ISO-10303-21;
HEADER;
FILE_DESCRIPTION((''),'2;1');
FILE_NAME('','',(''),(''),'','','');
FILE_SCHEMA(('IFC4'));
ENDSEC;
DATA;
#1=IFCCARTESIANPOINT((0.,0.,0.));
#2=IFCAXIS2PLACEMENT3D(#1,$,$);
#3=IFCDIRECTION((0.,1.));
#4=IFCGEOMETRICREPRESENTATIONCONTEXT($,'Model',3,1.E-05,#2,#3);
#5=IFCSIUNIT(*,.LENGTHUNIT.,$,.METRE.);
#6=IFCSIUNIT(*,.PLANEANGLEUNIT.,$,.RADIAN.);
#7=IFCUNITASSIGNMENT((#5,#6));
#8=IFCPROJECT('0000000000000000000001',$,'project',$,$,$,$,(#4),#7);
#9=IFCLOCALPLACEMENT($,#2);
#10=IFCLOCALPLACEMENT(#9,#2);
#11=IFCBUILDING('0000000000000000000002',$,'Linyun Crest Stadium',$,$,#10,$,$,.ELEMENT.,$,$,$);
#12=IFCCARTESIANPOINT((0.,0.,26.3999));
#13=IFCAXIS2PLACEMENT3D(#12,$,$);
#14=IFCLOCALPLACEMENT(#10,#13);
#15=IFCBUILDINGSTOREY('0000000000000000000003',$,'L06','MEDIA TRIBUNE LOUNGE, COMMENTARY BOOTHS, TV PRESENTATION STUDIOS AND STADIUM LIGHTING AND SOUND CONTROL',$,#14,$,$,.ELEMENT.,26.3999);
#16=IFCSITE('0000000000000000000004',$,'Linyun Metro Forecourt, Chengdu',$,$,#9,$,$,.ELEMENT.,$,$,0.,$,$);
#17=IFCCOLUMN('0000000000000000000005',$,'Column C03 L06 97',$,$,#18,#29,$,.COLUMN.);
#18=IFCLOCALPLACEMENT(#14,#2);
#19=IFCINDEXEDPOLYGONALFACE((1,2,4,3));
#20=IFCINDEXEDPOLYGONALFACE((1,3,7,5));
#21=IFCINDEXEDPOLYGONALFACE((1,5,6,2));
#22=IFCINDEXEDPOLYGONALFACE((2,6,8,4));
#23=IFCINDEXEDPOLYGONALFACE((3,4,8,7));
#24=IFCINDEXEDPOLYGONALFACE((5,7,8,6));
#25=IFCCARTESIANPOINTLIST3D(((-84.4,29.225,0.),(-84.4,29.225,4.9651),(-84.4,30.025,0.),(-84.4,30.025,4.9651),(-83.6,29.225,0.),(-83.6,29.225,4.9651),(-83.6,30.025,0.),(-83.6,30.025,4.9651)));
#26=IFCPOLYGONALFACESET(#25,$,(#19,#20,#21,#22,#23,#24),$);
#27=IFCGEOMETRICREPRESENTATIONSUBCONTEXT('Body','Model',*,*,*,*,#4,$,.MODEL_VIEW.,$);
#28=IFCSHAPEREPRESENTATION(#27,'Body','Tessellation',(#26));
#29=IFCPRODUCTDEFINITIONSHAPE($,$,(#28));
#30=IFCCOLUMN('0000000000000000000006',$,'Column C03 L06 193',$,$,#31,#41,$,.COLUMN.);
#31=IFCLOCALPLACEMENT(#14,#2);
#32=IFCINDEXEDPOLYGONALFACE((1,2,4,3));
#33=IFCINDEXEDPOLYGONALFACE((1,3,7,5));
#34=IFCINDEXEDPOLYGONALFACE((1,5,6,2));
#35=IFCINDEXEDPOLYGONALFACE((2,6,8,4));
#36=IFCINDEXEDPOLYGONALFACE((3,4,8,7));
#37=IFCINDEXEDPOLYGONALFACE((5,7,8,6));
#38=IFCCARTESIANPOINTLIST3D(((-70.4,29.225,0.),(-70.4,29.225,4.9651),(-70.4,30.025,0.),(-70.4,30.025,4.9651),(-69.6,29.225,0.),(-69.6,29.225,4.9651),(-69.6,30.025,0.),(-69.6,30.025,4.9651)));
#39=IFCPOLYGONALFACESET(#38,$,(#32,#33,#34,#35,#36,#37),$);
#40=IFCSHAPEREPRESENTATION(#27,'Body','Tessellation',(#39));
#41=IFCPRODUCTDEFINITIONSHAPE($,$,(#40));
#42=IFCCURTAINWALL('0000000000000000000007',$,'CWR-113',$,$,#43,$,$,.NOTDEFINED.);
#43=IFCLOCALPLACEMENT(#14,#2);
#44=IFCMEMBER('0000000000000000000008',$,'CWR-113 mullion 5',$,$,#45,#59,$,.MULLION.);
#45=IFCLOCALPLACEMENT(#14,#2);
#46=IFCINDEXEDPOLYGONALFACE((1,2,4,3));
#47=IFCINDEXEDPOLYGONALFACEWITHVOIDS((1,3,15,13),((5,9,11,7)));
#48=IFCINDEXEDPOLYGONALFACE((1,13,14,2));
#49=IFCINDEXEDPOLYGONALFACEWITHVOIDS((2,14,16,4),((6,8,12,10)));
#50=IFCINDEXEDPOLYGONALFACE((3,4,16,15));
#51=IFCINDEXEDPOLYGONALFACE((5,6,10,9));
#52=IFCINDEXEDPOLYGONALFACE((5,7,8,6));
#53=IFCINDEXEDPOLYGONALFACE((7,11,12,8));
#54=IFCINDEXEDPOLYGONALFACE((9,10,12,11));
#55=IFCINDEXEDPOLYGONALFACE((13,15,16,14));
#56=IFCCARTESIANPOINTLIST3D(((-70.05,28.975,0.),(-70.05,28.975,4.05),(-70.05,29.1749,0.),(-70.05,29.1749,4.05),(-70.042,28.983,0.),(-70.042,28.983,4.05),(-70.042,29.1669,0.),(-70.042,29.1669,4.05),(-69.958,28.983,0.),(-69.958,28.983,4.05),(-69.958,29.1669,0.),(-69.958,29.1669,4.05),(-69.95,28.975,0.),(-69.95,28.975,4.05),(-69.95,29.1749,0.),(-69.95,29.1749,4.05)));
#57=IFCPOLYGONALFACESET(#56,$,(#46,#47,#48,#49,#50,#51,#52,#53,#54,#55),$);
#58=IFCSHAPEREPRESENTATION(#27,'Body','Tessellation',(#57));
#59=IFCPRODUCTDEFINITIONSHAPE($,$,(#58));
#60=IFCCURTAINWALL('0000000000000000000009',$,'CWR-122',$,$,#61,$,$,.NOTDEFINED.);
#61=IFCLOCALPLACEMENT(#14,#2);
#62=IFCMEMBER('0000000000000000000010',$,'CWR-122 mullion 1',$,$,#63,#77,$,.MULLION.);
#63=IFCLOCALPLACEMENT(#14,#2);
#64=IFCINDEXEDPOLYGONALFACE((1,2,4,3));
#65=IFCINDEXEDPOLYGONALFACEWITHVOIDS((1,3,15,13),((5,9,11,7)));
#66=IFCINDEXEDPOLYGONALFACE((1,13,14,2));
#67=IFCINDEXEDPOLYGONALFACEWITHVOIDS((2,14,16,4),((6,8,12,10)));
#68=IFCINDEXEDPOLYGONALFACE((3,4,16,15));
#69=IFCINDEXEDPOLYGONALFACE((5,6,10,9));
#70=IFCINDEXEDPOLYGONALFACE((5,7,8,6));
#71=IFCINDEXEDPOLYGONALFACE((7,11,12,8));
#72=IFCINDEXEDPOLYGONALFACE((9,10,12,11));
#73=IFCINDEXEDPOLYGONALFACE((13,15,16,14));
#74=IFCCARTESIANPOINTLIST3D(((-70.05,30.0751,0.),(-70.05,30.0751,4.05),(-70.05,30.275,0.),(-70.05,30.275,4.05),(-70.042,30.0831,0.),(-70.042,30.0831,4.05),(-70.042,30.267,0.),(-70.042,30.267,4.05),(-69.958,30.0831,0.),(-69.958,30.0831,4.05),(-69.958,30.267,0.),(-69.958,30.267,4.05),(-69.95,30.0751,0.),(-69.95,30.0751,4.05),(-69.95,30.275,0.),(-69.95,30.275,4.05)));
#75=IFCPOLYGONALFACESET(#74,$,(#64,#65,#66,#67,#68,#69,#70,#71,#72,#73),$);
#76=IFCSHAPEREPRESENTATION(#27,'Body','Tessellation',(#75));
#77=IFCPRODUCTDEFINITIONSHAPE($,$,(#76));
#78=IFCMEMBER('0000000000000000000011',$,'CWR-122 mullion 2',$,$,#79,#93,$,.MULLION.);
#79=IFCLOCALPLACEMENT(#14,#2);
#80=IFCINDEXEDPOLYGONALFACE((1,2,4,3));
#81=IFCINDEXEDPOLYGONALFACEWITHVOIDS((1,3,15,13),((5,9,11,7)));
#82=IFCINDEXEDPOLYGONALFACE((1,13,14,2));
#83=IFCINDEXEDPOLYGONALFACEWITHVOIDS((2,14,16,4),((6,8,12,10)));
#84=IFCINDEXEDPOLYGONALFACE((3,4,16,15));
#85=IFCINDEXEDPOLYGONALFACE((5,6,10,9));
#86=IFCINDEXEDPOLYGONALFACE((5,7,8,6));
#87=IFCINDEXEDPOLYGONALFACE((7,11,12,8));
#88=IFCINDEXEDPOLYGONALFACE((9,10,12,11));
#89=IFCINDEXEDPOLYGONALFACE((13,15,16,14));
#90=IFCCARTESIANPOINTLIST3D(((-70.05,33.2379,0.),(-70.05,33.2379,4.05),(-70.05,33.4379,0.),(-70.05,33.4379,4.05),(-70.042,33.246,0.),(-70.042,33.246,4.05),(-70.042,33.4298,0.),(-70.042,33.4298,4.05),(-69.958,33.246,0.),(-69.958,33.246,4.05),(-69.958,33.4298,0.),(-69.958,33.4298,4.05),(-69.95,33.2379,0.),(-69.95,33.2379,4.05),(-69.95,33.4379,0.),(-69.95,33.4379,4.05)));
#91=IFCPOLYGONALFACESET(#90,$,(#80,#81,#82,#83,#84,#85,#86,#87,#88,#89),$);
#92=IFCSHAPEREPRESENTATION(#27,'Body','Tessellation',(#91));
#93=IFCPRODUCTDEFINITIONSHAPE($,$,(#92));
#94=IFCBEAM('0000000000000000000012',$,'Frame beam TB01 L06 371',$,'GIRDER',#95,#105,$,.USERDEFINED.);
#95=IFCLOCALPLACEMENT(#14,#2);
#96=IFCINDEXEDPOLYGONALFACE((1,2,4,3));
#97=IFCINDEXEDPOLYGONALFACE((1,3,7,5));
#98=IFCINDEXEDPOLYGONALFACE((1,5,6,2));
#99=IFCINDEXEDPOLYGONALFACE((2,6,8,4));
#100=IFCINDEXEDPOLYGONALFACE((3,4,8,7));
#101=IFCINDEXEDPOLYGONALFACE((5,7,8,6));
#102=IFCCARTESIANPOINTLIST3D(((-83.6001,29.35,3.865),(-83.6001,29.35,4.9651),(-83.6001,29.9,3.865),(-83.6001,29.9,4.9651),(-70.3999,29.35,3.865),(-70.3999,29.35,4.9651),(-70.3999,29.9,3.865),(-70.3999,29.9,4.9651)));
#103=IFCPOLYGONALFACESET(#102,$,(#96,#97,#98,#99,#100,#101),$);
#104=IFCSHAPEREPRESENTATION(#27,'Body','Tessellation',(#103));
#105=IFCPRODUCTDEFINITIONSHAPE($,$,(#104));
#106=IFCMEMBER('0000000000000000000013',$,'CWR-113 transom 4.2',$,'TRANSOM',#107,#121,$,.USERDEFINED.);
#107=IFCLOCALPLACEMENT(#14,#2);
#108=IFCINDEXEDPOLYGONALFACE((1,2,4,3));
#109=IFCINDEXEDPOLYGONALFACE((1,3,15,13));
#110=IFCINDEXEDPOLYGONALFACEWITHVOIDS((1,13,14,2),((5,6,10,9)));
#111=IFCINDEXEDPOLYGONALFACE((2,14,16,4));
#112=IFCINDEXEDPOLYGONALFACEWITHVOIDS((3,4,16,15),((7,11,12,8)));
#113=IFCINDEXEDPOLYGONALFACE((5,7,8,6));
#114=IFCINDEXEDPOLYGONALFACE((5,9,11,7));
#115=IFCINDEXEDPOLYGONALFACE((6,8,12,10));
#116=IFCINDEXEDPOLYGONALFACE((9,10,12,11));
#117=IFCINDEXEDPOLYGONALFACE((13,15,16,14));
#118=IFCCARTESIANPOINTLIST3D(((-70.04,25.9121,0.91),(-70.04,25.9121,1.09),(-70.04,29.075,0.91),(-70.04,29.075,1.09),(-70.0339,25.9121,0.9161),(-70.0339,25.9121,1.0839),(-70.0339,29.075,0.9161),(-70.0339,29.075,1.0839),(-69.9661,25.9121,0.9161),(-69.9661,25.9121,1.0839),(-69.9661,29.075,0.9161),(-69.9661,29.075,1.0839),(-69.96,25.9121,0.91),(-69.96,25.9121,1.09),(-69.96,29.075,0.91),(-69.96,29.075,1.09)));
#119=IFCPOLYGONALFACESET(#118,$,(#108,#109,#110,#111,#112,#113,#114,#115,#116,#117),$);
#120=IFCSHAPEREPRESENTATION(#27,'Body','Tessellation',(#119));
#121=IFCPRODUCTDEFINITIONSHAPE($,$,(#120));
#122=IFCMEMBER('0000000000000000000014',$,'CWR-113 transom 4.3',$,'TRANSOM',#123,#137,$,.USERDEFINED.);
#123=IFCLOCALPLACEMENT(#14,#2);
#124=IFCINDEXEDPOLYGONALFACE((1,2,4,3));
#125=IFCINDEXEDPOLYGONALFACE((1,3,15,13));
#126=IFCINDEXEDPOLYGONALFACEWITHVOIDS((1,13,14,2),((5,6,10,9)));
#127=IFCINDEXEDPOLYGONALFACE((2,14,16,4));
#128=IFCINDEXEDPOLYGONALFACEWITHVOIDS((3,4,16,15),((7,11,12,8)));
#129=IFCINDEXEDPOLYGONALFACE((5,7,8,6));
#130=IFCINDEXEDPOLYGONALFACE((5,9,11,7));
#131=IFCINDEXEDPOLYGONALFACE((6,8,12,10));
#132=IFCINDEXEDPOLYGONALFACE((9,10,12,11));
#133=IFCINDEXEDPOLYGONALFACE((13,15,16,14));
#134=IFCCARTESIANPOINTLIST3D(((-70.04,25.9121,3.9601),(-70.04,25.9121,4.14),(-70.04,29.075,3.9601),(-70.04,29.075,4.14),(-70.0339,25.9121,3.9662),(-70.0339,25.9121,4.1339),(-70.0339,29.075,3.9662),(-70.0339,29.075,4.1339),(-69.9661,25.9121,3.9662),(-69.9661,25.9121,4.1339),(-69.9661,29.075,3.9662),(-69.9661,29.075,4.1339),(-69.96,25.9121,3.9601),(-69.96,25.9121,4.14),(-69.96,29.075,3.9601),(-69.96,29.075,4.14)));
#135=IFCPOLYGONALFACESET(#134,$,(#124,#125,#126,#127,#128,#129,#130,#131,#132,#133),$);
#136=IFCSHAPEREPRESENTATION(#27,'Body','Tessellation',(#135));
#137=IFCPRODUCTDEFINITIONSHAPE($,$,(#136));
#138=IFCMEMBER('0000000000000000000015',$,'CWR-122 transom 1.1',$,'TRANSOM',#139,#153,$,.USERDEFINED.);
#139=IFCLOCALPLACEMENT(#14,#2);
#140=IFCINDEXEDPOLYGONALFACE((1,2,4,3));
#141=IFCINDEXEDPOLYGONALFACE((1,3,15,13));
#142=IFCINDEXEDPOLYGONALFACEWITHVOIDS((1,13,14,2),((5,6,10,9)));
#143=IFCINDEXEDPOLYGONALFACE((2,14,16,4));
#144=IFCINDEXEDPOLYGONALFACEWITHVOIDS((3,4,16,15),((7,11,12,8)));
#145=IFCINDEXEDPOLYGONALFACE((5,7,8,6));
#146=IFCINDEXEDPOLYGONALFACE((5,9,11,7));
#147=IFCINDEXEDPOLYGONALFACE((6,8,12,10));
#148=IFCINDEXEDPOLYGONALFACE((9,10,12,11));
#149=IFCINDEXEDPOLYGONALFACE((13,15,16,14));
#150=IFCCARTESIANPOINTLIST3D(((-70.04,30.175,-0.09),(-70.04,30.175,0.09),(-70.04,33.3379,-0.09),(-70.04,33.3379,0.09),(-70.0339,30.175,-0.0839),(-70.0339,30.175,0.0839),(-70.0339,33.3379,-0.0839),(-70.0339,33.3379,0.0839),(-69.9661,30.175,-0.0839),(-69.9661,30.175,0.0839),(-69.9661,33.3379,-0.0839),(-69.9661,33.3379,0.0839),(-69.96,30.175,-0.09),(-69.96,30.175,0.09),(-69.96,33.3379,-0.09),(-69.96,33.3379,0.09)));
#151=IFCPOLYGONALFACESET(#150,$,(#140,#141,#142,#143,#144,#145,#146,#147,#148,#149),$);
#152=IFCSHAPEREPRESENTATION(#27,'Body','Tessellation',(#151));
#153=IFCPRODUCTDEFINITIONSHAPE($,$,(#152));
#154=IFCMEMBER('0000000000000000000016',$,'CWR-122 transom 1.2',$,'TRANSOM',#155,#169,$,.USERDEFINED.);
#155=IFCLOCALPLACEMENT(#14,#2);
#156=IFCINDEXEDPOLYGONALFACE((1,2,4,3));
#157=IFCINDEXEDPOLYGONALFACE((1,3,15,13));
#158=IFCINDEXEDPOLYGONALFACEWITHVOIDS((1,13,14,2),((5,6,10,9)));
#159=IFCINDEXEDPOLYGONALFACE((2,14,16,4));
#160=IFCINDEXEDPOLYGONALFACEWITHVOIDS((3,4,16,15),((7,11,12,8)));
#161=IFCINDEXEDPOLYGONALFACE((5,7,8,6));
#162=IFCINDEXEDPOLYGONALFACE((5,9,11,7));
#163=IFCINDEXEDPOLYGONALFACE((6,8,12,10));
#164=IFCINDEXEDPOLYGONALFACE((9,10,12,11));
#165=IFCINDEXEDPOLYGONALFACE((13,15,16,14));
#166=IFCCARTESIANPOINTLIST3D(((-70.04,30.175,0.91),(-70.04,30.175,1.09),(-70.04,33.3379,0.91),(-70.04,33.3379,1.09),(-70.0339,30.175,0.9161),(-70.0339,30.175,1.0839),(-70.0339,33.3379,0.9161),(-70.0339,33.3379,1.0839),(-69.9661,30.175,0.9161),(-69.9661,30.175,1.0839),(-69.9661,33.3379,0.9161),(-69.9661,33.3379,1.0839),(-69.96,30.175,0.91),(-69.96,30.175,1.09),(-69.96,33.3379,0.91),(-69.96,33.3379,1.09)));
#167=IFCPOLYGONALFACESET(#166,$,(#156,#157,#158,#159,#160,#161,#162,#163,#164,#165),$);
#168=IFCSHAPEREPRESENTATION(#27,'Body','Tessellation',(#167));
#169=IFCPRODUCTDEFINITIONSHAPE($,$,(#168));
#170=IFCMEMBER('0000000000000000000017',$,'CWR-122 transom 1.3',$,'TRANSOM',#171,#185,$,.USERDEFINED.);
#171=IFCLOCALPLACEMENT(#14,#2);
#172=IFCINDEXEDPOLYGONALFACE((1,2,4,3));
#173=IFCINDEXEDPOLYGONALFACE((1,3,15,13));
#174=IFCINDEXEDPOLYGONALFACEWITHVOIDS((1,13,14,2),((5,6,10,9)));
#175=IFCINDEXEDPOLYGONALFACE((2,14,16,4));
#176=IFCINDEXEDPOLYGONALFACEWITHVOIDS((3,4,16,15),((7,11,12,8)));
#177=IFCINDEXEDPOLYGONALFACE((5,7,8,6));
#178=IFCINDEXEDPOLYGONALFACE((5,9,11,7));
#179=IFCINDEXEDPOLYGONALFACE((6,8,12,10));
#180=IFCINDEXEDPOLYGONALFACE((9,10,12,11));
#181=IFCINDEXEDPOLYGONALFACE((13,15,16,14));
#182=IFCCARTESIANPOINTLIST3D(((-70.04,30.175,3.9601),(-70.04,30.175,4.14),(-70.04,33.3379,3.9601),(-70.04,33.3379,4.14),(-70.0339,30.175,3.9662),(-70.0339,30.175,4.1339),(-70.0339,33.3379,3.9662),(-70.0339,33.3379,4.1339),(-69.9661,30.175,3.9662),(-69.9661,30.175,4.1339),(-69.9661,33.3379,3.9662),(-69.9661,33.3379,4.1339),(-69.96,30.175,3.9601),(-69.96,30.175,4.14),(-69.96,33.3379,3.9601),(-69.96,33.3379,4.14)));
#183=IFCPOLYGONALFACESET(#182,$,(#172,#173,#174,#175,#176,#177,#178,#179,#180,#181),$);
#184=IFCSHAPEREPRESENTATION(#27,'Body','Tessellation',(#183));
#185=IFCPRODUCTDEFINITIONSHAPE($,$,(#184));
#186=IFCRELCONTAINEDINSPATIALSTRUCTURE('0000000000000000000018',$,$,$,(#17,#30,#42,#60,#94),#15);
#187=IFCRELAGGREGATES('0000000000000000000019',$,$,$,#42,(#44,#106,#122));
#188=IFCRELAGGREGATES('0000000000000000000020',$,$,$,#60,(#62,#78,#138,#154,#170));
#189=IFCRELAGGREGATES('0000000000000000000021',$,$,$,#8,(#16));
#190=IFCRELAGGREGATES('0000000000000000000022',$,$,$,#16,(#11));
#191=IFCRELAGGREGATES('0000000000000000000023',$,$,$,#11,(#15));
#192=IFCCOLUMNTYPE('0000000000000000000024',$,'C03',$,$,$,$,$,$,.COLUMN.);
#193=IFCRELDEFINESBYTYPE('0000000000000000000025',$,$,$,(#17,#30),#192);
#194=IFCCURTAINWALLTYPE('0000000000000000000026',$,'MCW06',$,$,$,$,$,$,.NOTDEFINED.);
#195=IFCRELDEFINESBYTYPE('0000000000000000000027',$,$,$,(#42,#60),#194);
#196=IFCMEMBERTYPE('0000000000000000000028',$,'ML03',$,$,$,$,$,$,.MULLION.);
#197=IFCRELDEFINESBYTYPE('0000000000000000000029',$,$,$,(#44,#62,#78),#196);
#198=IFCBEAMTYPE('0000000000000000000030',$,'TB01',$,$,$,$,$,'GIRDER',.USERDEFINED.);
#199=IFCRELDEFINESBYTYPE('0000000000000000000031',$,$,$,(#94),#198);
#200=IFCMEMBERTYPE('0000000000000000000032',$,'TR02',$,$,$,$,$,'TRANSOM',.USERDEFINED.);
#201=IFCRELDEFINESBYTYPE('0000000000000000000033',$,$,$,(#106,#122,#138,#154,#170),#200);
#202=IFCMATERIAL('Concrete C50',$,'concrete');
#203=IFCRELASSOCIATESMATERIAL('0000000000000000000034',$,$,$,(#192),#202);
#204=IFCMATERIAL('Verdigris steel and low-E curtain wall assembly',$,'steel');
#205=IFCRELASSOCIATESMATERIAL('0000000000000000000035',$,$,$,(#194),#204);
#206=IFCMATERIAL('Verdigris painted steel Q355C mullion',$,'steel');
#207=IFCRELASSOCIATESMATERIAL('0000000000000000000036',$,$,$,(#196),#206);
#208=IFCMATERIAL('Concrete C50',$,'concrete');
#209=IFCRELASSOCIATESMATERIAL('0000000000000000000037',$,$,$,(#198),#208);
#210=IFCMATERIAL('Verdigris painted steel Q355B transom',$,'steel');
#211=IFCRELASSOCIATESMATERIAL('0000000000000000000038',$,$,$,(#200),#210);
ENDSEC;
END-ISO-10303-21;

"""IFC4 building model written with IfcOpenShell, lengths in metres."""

from ifc_helpers import new_model, si_unit, direction, frame, origin, origin_2d, place, context, subcontext, project, spatial, rectangle, hollow_rectangle, extrude, material, material_profile, profile_set, type_object, element, aggregate, save


model = new_model("IFC4")

# Units and contexts
model_context = context("Model", 3, precision=1e-05, world=origin(), true_north=direction((0.0, 1.0)))
body_context = subcontext(model_context, "Body", "Model", "MODEL_VIEW")
ifc_project = project(units=[si_unit("LENGTHUNIT", "METRE"), si_unit("PLANEANGLEUNIT", "RADIAN")], contexts=[model_context])

# Site, building, storey
site_placement = place(None, origin())
site = spatial("IfcSite", under=ifc_project, at=site_placement, Name="Linyun Metro Forecourt, Chengdu", CompositionType="ELEMENT", RefElevation=0.0)
building_placement = place(site_placement, origin())
building = spatial("IfcBuilding", under=site, at=building_placement, Name="Linyun Crest Stadium", CompositionType="ELEMENT")
storey_placement = place(building_placement, frame((0.0, 0.0, 26.3999)))
storey = spatial("IfcBuildingStorey", under=building, at=storey_placement, Name="L06", Description="MEDIA TRIBUNE LOUNGE, COMMENTARY BOOTHS, TV PRESENTATION STUDIOS AND STADIUM LIGHTING AND SOUND CONTROL", CompositionType="ELEMENT", Elevation=26.3999)

# Columns
ifc_material_1 = material(Name="Concrete C50", Category="concrete")
ifc_material_profile_1 = material_profile(ifc_material_1, rectangle(XDim=0.8, YDim=0.8, at=origin_2d()), Name="RC 800x800")
ifc_profile_set_1 = profile_set([ifc_material_profile_1], Name="Concrete C50")
column_type = type_object("IfcColumnType", Name="C03", PredefinedType="COLUMN", material=ifc_profile_set_1)
for number, where, z_axis, x_axis, name in (
    (1, (-84.0, 29.625, 0.0), (0.0, 0.0, 1.0), (1.0, 0.0, 0.0), "Column C03 L06 97"),
    (2, (-70.0, 29.625, 0.0), (0.0, 0.0, 1.0), (1.0, 0.0, 0.0), "Column C03 L06 193"),
):
    element("IfcColumn", number, at=place(storey_placement, frame(where, z_axis=z_axis, x_axis=x_axis)), inside=storey, type_object=column_type, Name=name, PredefinedType="COLUMN", context=body_context, shape_type="SweptSolid", body=[
        extrude(rectangle(XDim=0.8, YDim=0.8, at=origin_2d()), origin(), (0.0, 0.0, 1.0), 4.9651),
    ])

# Curtain wall, member
ifc_material_2 = material(Name="Verdigris steel and low-E curtain wall assembly", Category="steel")
curtain_wall_type = type_object("IfcCurtainWallType", Name="MCW06", PredefinedType="NOTDEFINED", material=ifc_material_2)
curtain_wall_1_placement = place(storey_placement, origin())
curtain_wall_1 = element("IfcCurtainWall", 3, at=curtain_wall_1_placement, inside=storey, type_object=curtain_wall_type, Name="CWR-113", PredefinedType="NOTDEFINED")
ifc_material_3 = material(Name="Verdigris painted steel Q355C mullion", Category="steel")
ifc_material_profile_2 = material_profile(ifc_material_3, hollow_rectangle(XDim=0.1001, YDim=0.2, WallThickness=0.0081, at=origin_2d()), Name="RHS 200x100x8")
ifc_profile_set_2 = profile_set([ifc_material_profile_2], Name="Verdigris painted steel Q355C mullion")
member_type_1 = type_object("IfcMemberType", Name="ML03", PredefinedType="MULLION", material=ifc_profile_set_2)
member_1_placement = place(storey_placement, frame((-70.0, 29.075, 0.0), z_axis=(0.0, 0.0, 1.0), x_axis=(-1.0, 0.0, 0.0)))
member_1 = element("IfcMember", 4, at=member_1_placement, type_object=member_type_1, Name="CWR-113 mullion 5", PredefinedType="MULLION", context=body_context, shape_type="SweptSolid", body=[
    extrude(hollow_rectangle(XDim=0.1001, YDim=0.2, WallThickness=0.0081, at=origin_2d()), origin(), (0.0, 0.0, 1.0), 4.05),
])

# Curtain wall, members
curtain_wall_2_placement = place(storey_placement, origin())
curtain_wall_2 = element("IfcCurtainWall", 5, at=curtain_wall_2_placement, inside=storey, type_object=curtain_wall_type, Name="CWR-122", PredefinedType="NOTDEFINED")
member_2_placement = place(storey_placement, frame((-70.0, 30.175, 0.0), z_axis=(0.0, 0.0, 1.0), x_axis=(-1.0, 0.0, 0.0)))
member_2 = element("IfcMember", 6, at=member_2_placement, type_object=member_type_1, Name="CWR-122 mullion 1", PredefinedType="MULLION", context=body_context, shape_type="SweptSolid", body=[
    extrude(hollow_rectangle(XDim=0.1001, YDim=0.2, WallThickness=0.0081, at=origin_2d()), origin(), (0.0, 0.0, 1.0), 4.05),
])
member_3_placement = place(storey_placement, frame((-70.0, 33.3379, 0.0), z_axis=(0.0, 0.0, 1.0), x_axis=(-1.0, 0.0, 0.0)))
member_3 = element("IfcMember", 7, at=member_3_placement, type_object=member_type_1, Name="CWR-122 mullion 2", PredefinedType="MULLION", context=body_context, shape_type="SweptSolid", body=[
    extrude(hollow_rectangle(XDim=0.1001, YDim=0.2, WallThickness=0.0081, at=origin_2d()), origin(), (0.0, 0.0, 1.0), 4.05),
])

# Beam
ifc_material_4 = material(Name="Concrete C50", Category="concrete")
ifc_material_profile_3 = material_profile(ifc_material_4, rectangle(XDim=0.55, YDim=1.1001, at=origin_2d()), Name="RCB 1100x550")
ifc_profile_set_3 = profile_set([ifc_material_profile_3], Name="Concrete C50")
beam_type = type_object("IfcBeamType", Name="TB01", ElementType="GIRDER", PredefinedType="USERDEFINED", material=ifc_profile_set_3)
beam_placement = place(storey_placement, frame((-83.6001, 29.625, 4.415), z_axis=(1.0, 0.0, 0.0), x_axis=(0.0, 1.0, 0.0)))
element("IfcBeam", 8, at=beam_placement, inside=storey, type_object=beam_type, Name="Frame beam TB01 L06 371", ObjectType="GIRDER", PredefinedType="USERDEFINED", context=body_context, shape_type="SweptSolid", body=[
    extrude(rectangle(XDim=0.55, YDim=1.1001, at=origin_2d()), origin(), (0.0, 0.0, 1.0), 13.2002),
])

# Members
ifc_material_5 = material(Name="Verdigris painted steel Q355B transom", Category="steel")
ifc_material_profile_4 = material_profile(ifc_material_5, hollow_rectangle(XDim=0.0801, YDim=0.1799, WallThickness=0.0061, at=origin_2d()), Name="RHS 180x80x6")
ifc_profile_set_4 = profile_set([ifc_material_profile_4], Name="Verdigris painted steel Q355B transom")
member_type_2 = type_object("IfcMemberType", Name="TR02", ElementType="TRANSOM", PredefinedType="USERDEFINED", material=ifc_profile_set_4)
member_4_placement = place(storey_placement, frame((-70.0, 25.9121, 1.0), z_axis=(0.0, 1.0, 0.0), x_axis=(-1.0, 0.0, 0.0)))
member_4 = element("IfcMember", 9, at=member_4_placement, type_object=member_type_2, Name="CWR-113 transom 4.2", ObjectType="TRANSOM", PredefinedType="USERDEFINED", context=body_context, shape_type="SweptSolid", body=[
    extrude(hollow_rectangle(XDim=0.0801, YDim=0.1799, WallThickness=0.0061, at=origin_2d()), origin(), (0.0, 0.0, 1.0), 3.1628),
])
member_5_placement = place(storey_placement, frame((-70.0, 25.9121, 4.05), z_axis=(0.0, 1.0, 0.0), x_axis=(-1.0, 0.0, 0.0)))
member_5 = element("IfcMember", 10, at=member_5_placement, type_object=member_type_2, Name="CWR-113 transom 4.3", ObjectType="TRANSOM", PredefinedType="USERDEFINED", context=body_context, shape_type="SweptSolid", body=[
    extrude(hollow_rectangle(XDim=0.0801, YDim=0.1799, WallThickness=0.0061, at=origin_2d()), origin(), (0.0, 0.0, 1.0), 3.1628),
])
member_6_placement = place(storey_placement, frame((-70.0, 30.175, 0.0), z_axis=(0.0, 1.0, 0.0), x_axis=(-1.0, 0.0, 0.0)))
member_6 = element("IfcMember", 11, at=member_6_placement, type_object=member_type_2, Name="CWR-122 transom 1.1", ObjectType="TRANSOM", PredefinedType="USERDEFINED", context=body_context, shape_type="SweptSolid", body=[
    extrude(hollow_rectangle(XDim=0.0801, YDim=0.1799, WallThickness=0.0061, at=origin_2d()), origin(), (0.0, 0.0, 1.0), 3.1628),
])
member_7_placement = place(storey_placement, frame((-70.0, 30.175, 1.0), z_axis=(0.0, 1.0, 0.0), x_axis=(-1.0, 0.0, 0.0)))
member_7 = element("IfcMember", 12, at=member_7_placement, type_object=member_type_2, Name="CWR-122 transom 1.2", ObjectType="TRANSOM", PredefinedType="USERDEFINED", context=body_context, shape_type="SweptSolid", body=[
    extrude(hollow_rectangle(XDim=0.0801, YDim=0.1799, WallThickness=0.0061, at=origin_2d()), origin(), (0.0, 0.0, 1.0), 3.1628),
])
member_8_placement = place(storey_placement, frame((-70.0, 30.175, 4.05), z_axis=(0.0, 1.0, 0.0), x_axis=(-1.0, 0.0, 0.0)))
member_8 = element("IfcMember", 13, at=member_8_placement, type_object=member_type_2, Name="CWR-122 transom 1.3", ObjectType="TRANSOM", PredefinedType="USERDEFINED", context=body_context, shape_type="SweptSolid", body=[
    extrude(hollow_rectangle(XDim=0.0801, YDim=0.1799, WallThickness=0.0061, at=origin_2d()), origin(), (0.0, 0.0, 1.0), 3.1628),
])

aggregate(curtain_wall_1, [member_1, member_4, member_5])
aggregate(curtain_wall_2, [member_2, member_3, member_6, member_7, member_8])

save(model, "model.ifc")
